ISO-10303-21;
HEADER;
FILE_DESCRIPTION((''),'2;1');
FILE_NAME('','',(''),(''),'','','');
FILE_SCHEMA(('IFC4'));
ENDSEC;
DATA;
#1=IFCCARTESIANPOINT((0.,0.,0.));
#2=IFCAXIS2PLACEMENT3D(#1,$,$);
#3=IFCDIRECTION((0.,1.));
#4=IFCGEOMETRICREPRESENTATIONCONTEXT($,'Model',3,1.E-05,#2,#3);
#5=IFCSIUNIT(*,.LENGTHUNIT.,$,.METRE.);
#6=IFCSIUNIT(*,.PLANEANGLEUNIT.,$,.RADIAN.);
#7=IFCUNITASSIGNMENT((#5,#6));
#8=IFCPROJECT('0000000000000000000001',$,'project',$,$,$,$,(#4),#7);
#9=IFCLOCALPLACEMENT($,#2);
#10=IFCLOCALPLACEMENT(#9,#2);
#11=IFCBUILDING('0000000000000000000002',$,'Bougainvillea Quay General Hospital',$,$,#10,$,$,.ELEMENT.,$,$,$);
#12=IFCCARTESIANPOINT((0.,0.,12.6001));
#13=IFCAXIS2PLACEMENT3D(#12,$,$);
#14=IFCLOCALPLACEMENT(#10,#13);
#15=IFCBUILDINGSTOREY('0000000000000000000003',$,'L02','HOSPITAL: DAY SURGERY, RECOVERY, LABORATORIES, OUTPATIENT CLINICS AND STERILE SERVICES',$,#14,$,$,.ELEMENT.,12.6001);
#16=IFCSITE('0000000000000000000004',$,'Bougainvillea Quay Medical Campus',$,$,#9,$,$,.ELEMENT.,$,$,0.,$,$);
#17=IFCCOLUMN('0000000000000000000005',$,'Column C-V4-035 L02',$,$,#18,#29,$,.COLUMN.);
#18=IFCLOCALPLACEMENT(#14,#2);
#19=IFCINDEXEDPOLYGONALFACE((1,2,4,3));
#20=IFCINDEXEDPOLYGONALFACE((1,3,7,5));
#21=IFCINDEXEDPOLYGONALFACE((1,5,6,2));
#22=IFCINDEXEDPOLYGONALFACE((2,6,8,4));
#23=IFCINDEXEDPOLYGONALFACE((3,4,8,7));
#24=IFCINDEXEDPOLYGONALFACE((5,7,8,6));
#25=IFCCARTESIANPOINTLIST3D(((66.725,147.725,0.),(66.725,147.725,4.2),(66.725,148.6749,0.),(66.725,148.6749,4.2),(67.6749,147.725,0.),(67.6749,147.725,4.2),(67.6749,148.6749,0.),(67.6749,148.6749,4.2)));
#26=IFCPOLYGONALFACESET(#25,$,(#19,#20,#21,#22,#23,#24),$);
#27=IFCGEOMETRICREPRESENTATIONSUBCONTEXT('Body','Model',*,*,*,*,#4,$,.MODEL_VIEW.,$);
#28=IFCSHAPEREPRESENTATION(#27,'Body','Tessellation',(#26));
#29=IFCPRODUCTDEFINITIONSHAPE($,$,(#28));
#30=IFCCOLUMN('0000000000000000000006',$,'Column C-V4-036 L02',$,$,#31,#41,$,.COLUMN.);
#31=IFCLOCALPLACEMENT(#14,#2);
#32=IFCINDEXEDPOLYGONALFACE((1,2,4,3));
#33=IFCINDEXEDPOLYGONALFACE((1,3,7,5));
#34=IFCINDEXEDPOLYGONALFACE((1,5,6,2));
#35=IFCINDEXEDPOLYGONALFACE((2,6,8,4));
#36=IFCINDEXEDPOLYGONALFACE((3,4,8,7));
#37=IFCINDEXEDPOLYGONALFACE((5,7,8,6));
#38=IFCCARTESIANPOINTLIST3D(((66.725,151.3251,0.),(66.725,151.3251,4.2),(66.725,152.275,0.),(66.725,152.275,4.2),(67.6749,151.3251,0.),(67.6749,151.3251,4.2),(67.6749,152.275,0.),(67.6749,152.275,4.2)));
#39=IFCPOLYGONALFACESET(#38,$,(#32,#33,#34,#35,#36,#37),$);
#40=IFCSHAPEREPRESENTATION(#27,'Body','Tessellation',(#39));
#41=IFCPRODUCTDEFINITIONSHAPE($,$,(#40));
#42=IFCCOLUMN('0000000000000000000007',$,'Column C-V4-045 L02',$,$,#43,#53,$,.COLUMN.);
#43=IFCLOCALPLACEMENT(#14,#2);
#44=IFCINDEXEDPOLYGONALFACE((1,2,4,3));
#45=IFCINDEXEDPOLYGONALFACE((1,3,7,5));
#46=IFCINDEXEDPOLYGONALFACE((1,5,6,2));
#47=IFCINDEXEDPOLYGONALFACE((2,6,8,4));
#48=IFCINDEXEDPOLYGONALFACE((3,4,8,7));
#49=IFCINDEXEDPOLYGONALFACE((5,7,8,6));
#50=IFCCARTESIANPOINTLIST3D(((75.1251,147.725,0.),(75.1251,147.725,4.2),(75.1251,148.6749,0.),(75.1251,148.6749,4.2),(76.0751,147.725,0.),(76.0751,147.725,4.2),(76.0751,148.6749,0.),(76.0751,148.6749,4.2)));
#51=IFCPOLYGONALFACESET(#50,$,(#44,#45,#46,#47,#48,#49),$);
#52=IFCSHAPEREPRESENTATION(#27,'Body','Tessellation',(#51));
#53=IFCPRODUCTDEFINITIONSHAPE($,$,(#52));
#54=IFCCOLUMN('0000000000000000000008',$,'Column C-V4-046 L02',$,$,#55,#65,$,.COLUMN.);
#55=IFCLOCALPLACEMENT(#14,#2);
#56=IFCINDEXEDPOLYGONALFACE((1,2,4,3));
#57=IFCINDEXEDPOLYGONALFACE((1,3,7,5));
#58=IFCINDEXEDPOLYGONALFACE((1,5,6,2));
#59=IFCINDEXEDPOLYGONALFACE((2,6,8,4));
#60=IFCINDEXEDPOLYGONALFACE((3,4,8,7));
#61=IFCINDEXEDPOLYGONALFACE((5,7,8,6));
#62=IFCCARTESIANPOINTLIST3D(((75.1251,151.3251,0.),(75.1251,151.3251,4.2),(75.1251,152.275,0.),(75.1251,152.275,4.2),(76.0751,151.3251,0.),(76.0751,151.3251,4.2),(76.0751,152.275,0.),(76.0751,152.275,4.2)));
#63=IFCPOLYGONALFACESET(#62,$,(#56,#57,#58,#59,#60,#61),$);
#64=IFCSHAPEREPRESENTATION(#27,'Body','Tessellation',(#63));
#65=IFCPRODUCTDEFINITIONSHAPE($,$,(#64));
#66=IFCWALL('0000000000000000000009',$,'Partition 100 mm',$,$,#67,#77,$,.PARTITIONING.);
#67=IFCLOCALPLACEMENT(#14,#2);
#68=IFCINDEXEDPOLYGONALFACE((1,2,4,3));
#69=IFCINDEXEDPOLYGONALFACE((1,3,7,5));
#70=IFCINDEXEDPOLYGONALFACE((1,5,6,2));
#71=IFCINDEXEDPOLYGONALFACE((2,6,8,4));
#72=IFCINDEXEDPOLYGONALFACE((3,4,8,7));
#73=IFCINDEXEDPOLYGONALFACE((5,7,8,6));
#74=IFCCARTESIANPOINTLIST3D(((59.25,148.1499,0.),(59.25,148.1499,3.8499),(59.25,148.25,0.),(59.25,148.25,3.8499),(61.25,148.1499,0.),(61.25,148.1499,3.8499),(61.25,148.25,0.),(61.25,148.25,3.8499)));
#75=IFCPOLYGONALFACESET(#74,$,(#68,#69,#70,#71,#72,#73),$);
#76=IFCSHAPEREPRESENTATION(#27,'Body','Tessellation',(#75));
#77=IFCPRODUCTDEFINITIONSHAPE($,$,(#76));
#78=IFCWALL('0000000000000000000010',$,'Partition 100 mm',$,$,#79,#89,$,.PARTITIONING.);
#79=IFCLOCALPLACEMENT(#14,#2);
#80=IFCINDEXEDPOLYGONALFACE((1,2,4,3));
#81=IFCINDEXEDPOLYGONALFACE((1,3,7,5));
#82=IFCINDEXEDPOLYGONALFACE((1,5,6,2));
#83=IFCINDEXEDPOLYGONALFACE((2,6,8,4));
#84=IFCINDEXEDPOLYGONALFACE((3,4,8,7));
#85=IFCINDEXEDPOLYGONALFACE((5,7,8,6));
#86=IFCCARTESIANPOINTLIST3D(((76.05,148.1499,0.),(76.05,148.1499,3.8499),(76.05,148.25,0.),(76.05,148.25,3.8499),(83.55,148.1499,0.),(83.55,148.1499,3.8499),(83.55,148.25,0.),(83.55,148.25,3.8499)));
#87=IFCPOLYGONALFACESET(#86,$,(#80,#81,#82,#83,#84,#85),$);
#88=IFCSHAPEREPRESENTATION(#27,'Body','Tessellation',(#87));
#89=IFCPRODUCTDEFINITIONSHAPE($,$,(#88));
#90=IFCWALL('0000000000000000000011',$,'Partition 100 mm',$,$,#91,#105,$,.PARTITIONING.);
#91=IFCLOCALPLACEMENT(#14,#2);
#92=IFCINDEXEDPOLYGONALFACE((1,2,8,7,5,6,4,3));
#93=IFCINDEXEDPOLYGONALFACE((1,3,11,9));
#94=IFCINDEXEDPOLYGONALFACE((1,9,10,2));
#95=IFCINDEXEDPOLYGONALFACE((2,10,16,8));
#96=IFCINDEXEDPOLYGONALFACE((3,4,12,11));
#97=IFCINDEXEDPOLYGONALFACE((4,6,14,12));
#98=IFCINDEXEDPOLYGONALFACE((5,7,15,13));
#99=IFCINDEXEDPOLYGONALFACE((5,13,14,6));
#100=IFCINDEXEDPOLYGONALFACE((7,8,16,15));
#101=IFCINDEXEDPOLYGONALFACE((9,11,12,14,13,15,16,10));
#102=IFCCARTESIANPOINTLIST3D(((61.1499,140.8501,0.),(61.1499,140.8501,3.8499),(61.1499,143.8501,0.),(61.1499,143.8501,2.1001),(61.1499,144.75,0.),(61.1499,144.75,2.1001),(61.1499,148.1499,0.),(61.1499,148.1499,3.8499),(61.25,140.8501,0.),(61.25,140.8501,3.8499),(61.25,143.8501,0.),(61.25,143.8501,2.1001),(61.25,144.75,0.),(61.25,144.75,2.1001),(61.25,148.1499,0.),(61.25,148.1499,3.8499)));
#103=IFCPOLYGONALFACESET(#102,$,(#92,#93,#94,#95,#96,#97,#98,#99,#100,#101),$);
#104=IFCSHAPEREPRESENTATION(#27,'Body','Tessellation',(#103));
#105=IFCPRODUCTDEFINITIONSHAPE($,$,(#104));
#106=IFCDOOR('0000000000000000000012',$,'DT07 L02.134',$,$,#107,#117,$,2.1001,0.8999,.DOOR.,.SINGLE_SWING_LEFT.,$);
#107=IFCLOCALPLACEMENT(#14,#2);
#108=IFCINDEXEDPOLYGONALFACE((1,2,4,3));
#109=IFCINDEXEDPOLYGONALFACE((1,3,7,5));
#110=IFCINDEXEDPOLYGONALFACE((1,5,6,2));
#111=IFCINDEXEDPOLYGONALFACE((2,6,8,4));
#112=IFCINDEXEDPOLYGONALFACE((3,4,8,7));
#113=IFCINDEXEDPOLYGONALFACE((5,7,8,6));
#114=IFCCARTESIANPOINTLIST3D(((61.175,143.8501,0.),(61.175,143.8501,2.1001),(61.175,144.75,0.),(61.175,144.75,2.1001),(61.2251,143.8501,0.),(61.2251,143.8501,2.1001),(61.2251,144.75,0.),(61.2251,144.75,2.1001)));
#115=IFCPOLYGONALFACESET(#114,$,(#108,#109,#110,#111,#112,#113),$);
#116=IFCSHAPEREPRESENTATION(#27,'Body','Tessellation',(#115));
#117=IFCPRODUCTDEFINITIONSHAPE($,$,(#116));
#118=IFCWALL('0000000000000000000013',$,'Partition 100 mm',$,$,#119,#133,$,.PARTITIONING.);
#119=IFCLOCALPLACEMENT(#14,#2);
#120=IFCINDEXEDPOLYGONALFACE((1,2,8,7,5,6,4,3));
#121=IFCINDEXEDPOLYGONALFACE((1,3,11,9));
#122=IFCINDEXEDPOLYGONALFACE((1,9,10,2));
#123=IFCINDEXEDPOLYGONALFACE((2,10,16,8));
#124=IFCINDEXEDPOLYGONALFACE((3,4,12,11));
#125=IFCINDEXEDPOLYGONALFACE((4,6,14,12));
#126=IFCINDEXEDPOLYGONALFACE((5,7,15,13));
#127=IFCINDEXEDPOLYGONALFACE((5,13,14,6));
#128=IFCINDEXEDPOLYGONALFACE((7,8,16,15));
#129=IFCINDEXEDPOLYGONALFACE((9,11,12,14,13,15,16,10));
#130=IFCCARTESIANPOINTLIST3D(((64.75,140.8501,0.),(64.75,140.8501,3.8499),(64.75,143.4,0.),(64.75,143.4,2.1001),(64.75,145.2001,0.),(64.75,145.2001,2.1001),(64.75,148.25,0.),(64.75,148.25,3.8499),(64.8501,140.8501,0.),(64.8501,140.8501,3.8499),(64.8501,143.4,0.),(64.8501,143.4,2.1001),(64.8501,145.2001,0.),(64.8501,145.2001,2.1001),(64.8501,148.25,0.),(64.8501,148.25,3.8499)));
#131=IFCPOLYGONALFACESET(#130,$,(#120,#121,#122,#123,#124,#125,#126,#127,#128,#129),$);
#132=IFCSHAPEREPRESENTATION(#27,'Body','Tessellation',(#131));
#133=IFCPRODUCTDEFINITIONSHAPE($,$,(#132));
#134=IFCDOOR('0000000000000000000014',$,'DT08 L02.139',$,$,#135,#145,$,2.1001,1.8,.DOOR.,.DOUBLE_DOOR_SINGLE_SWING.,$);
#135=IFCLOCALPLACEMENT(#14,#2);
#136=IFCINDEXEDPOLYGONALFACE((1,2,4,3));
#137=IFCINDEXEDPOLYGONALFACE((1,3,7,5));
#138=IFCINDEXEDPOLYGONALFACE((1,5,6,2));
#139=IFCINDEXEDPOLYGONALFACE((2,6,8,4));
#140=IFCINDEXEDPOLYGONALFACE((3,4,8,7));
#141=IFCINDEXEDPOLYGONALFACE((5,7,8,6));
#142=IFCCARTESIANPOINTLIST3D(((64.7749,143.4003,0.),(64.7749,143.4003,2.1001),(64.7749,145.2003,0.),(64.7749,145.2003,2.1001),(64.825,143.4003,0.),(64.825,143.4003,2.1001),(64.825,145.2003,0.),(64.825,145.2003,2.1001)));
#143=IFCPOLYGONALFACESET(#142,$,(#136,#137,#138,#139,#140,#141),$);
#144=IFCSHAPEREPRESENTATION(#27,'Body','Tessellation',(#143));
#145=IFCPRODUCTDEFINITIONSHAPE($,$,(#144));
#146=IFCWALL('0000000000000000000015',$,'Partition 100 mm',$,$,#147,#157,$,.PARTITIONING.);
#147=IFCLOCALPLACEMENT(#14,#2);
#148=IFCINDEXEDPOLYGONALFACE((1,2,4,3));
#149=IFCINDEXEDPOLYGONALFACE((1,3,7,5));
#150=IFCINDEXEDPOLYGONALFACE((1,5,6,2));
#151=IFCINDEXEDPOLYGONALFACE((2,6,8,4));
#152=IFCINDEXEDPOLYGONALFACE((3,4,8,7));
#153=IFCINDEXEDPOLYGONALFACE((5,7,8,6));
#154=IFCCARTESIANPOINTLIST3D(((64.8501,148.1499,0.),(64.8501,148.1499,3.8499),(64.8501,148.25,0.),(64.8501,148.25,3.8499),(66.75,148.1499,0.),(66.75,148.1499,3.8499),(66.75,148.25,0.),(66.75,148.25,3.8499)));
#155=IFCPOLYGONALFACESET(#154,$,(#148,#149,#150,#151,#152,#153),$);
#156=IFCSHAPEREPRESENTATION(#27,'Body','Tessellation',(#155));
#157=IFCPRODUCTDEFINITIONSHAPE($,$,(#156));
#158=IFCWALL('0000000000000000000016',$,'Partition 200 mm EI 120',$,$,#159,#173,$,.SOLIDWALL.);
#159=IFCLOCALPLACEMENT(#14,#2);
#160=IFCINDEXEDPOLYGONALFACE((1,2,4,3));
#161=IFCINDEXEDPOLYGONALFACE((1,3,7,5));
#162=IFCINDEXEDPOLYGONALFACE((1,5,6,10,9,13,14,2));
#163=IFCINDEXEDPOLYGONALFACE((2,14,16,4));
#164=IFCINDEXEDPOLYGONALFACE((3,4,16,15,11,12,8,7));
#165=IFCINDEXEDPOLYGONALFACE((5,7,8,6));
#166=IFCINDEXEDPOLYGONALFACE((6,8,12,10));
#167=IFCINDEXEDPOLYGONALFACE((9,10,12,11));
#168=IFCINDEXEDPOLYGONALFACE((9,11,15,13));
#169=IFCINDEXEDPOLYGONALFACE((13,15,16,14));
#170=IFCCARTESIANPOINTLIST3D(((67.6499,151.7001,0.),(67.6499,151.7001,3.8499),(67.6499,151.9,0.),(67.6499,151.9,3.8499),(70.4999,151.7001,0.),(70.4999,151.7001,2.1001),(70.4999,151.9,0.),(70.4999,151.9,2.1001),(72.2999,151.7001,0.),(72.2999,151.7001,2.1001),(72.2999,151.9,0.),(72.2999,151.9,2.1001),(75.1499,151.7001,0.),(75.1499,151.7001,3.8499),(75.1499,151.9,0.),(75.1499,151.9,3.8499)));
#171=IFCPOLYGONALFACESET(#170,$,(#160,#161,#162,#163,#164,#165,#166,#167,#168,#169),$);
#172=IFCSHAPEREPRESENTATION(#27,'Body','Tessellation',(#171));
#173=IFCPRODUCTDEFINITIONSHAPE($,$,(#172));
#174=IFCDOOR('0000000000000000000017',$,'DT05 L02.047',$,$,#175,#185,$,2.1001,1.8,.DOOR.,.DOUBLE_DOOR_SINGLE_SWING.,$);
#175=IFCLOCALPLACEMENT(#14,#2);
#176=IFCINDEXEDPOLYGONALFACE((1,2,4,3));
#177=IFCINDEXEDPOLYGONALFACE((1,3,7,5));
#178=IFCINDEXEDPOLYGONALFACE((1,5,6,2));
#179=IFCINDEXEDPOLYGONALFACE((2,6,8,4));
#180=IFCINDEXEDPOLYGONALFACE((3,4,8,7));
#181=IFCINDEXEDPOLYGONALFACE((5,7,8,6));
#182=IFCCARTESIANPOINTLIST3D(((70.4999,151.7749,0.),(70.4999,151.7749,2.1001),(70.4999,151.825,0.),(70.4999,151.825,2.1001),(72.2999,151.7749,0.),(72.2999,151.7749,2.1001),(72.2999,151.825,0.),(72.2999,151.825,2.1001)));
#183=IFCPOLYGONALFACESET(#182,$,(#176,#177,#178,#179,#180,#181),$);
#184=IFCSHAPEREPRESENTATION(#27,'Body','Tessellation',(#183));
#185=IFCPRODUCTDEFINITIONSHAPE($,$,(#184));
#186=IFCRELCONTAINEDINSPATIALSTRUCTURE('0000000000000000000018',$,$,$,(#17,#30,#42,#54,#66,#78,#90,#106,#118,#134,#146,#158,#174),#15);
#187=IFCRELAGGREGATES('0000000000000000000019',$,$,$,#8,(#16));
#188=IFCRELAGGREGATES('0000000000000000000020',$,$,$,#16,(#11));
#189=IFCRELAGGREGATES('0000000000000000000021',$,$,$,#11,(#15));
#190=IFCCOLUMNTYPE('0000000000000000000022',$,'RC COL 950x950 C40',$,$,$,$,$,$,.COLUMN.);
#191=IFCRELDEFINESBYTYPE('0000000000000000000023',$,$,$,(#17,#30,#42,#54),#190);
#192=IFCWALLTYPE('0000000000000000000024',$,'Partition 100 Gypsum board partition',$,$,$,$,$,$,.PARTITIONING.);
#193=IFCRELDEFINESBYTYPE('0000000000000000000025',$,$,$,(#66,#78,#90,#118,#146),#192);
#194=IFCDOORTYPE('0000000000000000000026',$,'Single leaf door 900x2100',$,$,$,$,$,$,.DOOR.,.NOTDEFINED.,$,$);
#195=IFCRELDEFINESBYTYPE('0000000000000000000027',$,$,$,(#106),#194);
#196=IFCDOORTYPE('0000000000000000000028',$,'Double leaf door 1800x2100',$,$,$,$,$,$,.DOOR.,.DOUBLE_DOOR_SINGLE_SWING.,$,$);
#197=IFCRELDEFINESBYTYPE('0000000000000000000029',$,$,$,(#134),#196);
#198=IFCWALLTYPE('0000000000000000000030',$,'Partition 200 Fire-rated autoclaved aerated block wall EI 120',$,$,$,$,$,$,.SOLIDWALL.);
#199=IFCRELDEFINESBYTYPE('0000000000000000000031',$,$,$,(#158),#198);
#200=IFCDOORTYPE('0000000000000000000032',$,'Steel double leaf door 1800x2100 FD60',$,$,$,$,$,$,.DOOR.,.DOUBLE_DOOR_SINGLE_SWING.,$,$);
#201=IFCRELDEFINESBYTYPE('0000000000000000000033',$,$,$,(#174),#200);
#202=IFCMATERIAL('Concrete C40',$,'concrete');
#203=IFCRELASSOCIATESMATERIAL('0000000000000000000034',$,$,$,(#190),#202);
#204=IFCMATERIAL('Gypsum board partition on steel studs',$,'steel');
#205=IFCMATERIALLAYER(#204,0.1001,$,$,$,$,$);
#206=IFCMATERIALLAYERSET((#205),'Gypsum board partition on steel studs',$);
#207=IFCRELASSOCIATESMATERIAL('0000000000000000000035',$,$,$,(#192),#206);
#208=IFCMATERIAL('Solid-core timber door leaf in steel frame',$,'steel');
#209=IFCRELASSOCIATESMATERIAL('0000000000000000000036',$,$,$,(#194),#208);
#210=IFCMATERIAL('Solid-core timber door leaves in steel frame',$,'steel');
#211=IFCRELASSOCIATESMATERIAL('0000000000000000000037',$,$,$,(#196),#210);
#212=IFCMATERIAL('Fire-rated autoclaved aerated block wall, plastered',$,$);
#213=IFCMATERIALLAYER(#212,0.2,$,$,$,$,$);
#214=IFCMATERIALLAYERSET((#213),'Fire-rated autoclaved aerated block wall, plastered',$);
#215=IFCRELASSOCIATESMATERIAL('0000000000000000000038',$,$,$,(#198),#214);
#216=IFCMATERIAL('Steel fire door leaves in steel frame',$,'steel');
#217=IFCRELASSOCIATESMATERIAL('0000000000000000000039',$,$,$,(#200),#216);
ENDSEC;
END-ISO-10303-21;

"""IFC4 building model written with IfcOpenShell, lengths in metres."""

from ifc_helpers import new_model, si_unit, direction, frame, frame_2d, origin, origin_2d, place, context, subcontext, project, spatial, rectangle, extrude, material, layer, layer_set, material_profile, profile_set, type_object, element, fill, save


model = new_model("IFC4")

# Units and contexts
model_context = context("Model", 3, precision=1e-05, world=origin(), true_north=direction((0.0, 1.0)))
body_context = subcontext(model_context, "Body", "Model", "MODEL_VIEW")
ifc_project = project(units=[si_unit("LENGTHUNIT", "METRE"), si_unit("PLANEANGLEUNIT", "RADIAN")], contexts=[model_context])

# Site, building, storey
site_placement = place(None, origin())
site = spatial("IfcSite", under=ifc_project, at=site_placement, Name="Bougainvillea Quay Medical Campus", CompositionType="ELEMENT", RefElevation=0.0)
building_placement = place(site_placement, origin())
building = spatial("IfcBuilding", under=site, at=building_placement, Name="Bougainvillea Quay General Hospital", CompositionType="ELEMENT")
storey_placement = place(building_placement, frame((0.0, 0.0, 12.6001)))
storey = spatial("IfcBuildingStorey", under=building, at=storey_placement, Name="L02", Description="HOSPITAL: DAY SURGERY, RECOVERY, LABORATORIES, OUTPATIENT CLINICS AND STERILE SERVICES", CompositionType="ELEMENT", Elevation=12.6001)

# Columns
ifc_material_1 = material(Name="Concrete C40", Category="concrete")
ifc_material_profile = material_profile(ifc_material_1, rectangle(XDim=0.95, YDim=0.95, at=origin_2d()))
ifc_profile_set = profile_set([ifc_material_profile], Name="Concrete C40")
column_type = type_object("IfcColumnType", Name="RC COL 950x950 C40", PredefinedType="COLUMN", material=ifc_profile_set)
for number, where, z_axis, x_axis, name in (
    (1, (67.2, 148.2, 0.0), (0.0, 0.0, 1.0), (1.0, 0.0, 0.0), "Column C-V4-035 L02"),
    (2, (67.2, 151.8, 0.0), (0.0, 0.0, 1.0), (1.0, 0.0, 0.0), "Column C-V4-036 L02"),
    (3, (75.6001, 148.2, 0.0), (0.0, 0.0, 1.0), (1.0, 0.0, 0.0), "Column C-V4-045 L02"),
    (4, (75.6001, 151.8, 0.0), (0.0, 0.0, 1.0), (1.0, 0.0, 0.0), "Column C-V4-046 L02"),
):
    element("IfcColumn", number, at=place(storey_placement, frame(where, z_axis=z_axis, x_axis=x_axis)), inside=storey, type_object=column_type, Name=name, PredefinedType="COLUMN", context=body_context, shape_type="SweptSolid", body=[
        extrude(rectangle(XDim=0.95, YDim=0.95, at=origin_2d()), origin(), (0.0, 0.0, 1.0), 4.2),
    ])

# Walls
ifc_material_2 = material(Name="Gypsum board partition on steel studs", Category="steel")
ifc_layer_1 = layer(ifc_material_2, 0.1001)
ifc_layer_set_1 = layer_set([ifc_layer_1], Name="Gypsum board partition on steel studs")
wall_type_1 = type_object("IfcWallType", Name="Partition 100 Gypsum board partition", PredefinedType="PARTITIONING", material=ifc_layer_set_1)
wall_1_placement = place(storey_placement, frame((61.25, 148.2, 0.0), z_axis=(0.0, 0.0, 1.0), x_axis=(-1.0, 0.0, 0.0)))
element("IfcWall", 5, at=wall_1_placement, inside=storey, type_object=wall_type_1, Name="Partition 100 mm", PredefinedType="PARTITIONING", context=body_context, shape_type="SweptSolid", body=[
    extrude(rectangle(XDim=2.0, YDim=0.1001, at=frame_2d((1.0, 0.0))), origin(), (0.0, 0.0, 1.0), 3.8499),
])
wall_2_placement = place(storey_placement, frame((76.05, 148.2, 0.0), z_axis=(0.0, 0.0, 1.0), x_axis=(1.0, 0.0, 0.0)))
element("IfcWall", 6, at=wall_2_placement, inside=storey, type_object=wall_type_1, Name="Partition 100 mm", PredefinedType="PARTITIONING", context=body_context, shape_type="SweptSolid", body=[
    extrude(rectangle(XDim=7.5, YDim=0.1001, at=frame_2d((3.75, 0.0))), origin(), (0.0, 0.0, 1.0), 3.8499),
])

# Walls, openings, doors
wall_3_placement = place(storey_placement, frame((61.2, 140.8501, 0.0), z_axis=(0.0, 0.0, 1.0), x_axis=(0.0, 1.0, 0.0)))
wall_3 = element("IfcWall", 7, at=wall_3_placement, inside=storey, type_object=wall_type_1, Name="Partition 100 mm", PredefinedType="PARTITIONING", context=body_context, shape_type="SweptSolid", body=[
    extrude(rectangle(XDim=7.2998, YDim=0.1001, at=frame_2d((3.6499, 0.0))), origin(), (0.0, 0.0, 1.0), 3.8499),
])
opening_1_placement = place(wall_3_placement, frame((3.0, 0.0, 0.0)))
opening_1 = element("IfcOpeningElement", 8, at=opening_1_placement, cuts=wall_3, PredefinedType="OPENING", context=body_context, shape_type="SweptSolid", body=[
    extrude(rectangle(XDim=0.8999, YDim=2.1001, at=frame_2d((0.45, 1.05))), frame((0.0, 0.0601, 0.0), z_axis=(0.0, -1.0, 0.0), x_axis=(1.0, 0.0, 0.0)), (0.0, 0.0, 1.0), 0.1201),
])
ifc_material_3 = material(Name="Solid-core timber door leaf in steel frame", Category="steel")
door_type_1 = type_object("IfcDoorType", Name="Single leaf door 900x2100", OperationType="NOTDEFINED", PredefinedType="DOOR", material=ifc_material_3)
door_1_placement = place(opening_1_placement, origin())
door_1 = element("IfcDoor", 9, at=door_1_placement, inside=storey, type_object=door_type_1, Name="DT07 L02.134", OperationType="SINGLE_SWING_LEFT", OverallHeight=2.1001, OverallWidth=0.8999, PredefinedType="DOOR", context=body_context, shape_type="SweptSolid", body=[
    extrude(rectangle(XDim=0.8999, YDim=2.1001, at=frame_2d((0.45, 1.05))), frame((0.0, 0.0249, 0.0), z_axis=(0.0, -1.0, 0.0), x_axis=(1.0, 0.0, 0.0)), (0.0, 0.0, 1.0), 0.05),
])
fill(opening_1, door_1)
wall_4_placement = place(storey_placement, frame((64.8, 140.8501, 0.0), z_axis=(0.0, 0.0, 1.0), x_axis=(0.0, 1.0, 0.0)))
wall_4 = element("IfcWall", 10, at=wall_4_placement, inside=storey, type_object=wall_type_1, Name="Partition 100 mm", PredefinedType="PARTITIONING", context=body_context, shape_type="SweptSolid", body=[
    extrude(rectangle(XDim=7.3999, YDim=0.1001, at=frame_2d((3.7, 0.0))), origin(), (0.0, 0.0, 1.0), 3.8499),
])
opening_2_placement = place(wall_4_placement, frame((2.55, 0.0, 0.0)))
opening_2 = element("IfcOpeningElement", 11, at=opening_2_placement, cuts=wall_4, PredefinedType="OPENING", context=body_context, shape_type="SweptSolid", body=[
    extrude(rectangle(XDim=1.8, YDim=2.1001, at=frame_2d((0.8999, 1.05))), frame((0.0, 0.0601, 0.0), z_axis=(0.0, -1.0, 0.0), x_axis=(1.0, 0.0, 0.0)), (0.0, 0.0, 1.0), 0.1201),
])
ifc_material_4 = material(Name="Solid-core timber door leaves in steel frame", Category="steel")
door_type_2 = type_object("IfcDoorType", Name="Double leaf door 1800x2100", OperationType="DOUBLE_DOOR_SINGLE_SWING", PredefinedType="DOOR", material=ifc_material_4)
door_2_placement = place(opening_2_placement, frame((1.8, 0.0, 0.0), z_axis=(0.0, 0.0, 1.0), x_axis=(-1.0, 0.0, 0.0)))
door_2 = element("IfcDoor", 12, at=door_2_placement, inside=storey, type_object=door_type_2, Name="DT08 L02.139", OperationType="DOUBLE_DOOR_SINGLE_SWING", OverallHeight=2.1001, OverallWidth=1.8, PredefinedType="DOOR", context=body_context, shape_type="SweptSolid", body=[
    extrude(rectangle(XDim=1.8, YDim=2.1001, at=frame_2d((0.8999, 1.05))), frame((0.0, 0.0249, 0.0), z_axis=(0.0, -1.0, 0.0), x_axis=(1.0, 0.0, 0.0)), (0.0, 0.0, 1.0), 0.05),
])
fill(opening_2, door_2)

# Wall
wall_5_placement = place(storey_placement, frame((64.8501, 148.2, 0.0), z_axis=(0.0, 0.0, 1.0), x_axis=(1.0, 0.0, 0.0)))
element("IfcWall", 13, at=wall_5_placement, inside=storey, type_object=wall_type_1, Name="Partition 100 mm", PredefinedType="PARTITIONING", context=body_context, shape_type="SweptSolid", body=[
    extrude(rectangle(XDim=1.8999, YDim=0.1001, at=frame_2d((0.95, 0.0))), origin(), (0.0, 0.0, 1.0), 3.8499),
])

# Wall, opening, door
ifc_material_5 = material(Name="Fire-rated autoclaved aerated block wall, plastered")
ifc_layer_2 = layer(ifc_material_5, 0.2)
ifc_layer_set_2 = layer_set([ifc_layer_2], Name="Fire-rated autoclaved aerated block wall, plastered")
wall_type_2 = type_object("IfcWallType", Name="Partition 200 Fire-rated autoclaved aerated block wall EI 120", PredefinedType="SOLIDWALL", material=ifc_layer_set_2)
wall_6_placement = place(storey_placement, frame((67.6499, 151.8, 0.0), z_axis=(0.0, 0.0, 1.0), x_axis=(1.0, 0.0, 0.0)))
wall_6 = element("IfcWall", 14, at=wall_6_placement, inside=storey, type_object=wall_type_2, Name="Partition 200 mm EI 120", PredefinedType="SOLIDWALL", context=body_context, shape_type="SweptSolid", body=[
    extrude(rectangle(XDim=7.5, YDim=0.2, at=frame_2d((3.75, 0.0))), origin(), (0.0, 0.0, 1.0), 3.8499),
])
opening_3_placement = place(wall_6_placement, frame((2.8501, 0.0, 0.0)))
opening_3 = element("IfcOpeningElement", 15, at=opening_3_placement, cuts=wall_6, PredefinedType="OPENING", context=body_context, shape_type="SweptSolid", body=[
    extrude(rectangle(XDim=1.8, YDim=2.1001, at=frame_2d((0.8999, 1.05))), frame((0.0, 0.1099, 0.0), z_axis=(0.0, -1.0, 0.0), x_axis=(1.0, 0.0, 0.0)), (0.0, 0.0, 1.0), 0.22),
])
ifc_material_6 = material(Name="Steel fire door leaves in steel frame", Category="steel")
door_type_3 = type_object("IfcDoorType", Name="Steel double leaf door 1800x2100 FD60", OperationType="DOUBLE_DOOR_SINGLE_SWING", PredefinedType="DOOR", material=ifc_material_6)
door_3_placement = place(opening_3_placement, origin())
door_3 = element("IfcDoor", 16, at=door_3_placement, inside=storey, type_object=door_type_3, Name="DT05 L02.047", OperationType="DOUBLE_DOOR_SINGLE_SWING", OverallHeight=2.1001, OverallWidth=1.8, PredefinedType="DOOR", context=body_context, shape_type="SweptSolid", body=[
    extrude(rectangle(XDim=1.8, YDim=2.1001, at=frame_2d((0.8999, 1.05))), frame((0.0, 0.0249, 0.0), z_axis=(0.0, -1.0, 0.0), x_axis=(1.0, 0.0, 0.0)), (0.0, 0.0, 1.0), 0.05),
])
fill(opening_3, door_3)

save(model, "model.ifc")
